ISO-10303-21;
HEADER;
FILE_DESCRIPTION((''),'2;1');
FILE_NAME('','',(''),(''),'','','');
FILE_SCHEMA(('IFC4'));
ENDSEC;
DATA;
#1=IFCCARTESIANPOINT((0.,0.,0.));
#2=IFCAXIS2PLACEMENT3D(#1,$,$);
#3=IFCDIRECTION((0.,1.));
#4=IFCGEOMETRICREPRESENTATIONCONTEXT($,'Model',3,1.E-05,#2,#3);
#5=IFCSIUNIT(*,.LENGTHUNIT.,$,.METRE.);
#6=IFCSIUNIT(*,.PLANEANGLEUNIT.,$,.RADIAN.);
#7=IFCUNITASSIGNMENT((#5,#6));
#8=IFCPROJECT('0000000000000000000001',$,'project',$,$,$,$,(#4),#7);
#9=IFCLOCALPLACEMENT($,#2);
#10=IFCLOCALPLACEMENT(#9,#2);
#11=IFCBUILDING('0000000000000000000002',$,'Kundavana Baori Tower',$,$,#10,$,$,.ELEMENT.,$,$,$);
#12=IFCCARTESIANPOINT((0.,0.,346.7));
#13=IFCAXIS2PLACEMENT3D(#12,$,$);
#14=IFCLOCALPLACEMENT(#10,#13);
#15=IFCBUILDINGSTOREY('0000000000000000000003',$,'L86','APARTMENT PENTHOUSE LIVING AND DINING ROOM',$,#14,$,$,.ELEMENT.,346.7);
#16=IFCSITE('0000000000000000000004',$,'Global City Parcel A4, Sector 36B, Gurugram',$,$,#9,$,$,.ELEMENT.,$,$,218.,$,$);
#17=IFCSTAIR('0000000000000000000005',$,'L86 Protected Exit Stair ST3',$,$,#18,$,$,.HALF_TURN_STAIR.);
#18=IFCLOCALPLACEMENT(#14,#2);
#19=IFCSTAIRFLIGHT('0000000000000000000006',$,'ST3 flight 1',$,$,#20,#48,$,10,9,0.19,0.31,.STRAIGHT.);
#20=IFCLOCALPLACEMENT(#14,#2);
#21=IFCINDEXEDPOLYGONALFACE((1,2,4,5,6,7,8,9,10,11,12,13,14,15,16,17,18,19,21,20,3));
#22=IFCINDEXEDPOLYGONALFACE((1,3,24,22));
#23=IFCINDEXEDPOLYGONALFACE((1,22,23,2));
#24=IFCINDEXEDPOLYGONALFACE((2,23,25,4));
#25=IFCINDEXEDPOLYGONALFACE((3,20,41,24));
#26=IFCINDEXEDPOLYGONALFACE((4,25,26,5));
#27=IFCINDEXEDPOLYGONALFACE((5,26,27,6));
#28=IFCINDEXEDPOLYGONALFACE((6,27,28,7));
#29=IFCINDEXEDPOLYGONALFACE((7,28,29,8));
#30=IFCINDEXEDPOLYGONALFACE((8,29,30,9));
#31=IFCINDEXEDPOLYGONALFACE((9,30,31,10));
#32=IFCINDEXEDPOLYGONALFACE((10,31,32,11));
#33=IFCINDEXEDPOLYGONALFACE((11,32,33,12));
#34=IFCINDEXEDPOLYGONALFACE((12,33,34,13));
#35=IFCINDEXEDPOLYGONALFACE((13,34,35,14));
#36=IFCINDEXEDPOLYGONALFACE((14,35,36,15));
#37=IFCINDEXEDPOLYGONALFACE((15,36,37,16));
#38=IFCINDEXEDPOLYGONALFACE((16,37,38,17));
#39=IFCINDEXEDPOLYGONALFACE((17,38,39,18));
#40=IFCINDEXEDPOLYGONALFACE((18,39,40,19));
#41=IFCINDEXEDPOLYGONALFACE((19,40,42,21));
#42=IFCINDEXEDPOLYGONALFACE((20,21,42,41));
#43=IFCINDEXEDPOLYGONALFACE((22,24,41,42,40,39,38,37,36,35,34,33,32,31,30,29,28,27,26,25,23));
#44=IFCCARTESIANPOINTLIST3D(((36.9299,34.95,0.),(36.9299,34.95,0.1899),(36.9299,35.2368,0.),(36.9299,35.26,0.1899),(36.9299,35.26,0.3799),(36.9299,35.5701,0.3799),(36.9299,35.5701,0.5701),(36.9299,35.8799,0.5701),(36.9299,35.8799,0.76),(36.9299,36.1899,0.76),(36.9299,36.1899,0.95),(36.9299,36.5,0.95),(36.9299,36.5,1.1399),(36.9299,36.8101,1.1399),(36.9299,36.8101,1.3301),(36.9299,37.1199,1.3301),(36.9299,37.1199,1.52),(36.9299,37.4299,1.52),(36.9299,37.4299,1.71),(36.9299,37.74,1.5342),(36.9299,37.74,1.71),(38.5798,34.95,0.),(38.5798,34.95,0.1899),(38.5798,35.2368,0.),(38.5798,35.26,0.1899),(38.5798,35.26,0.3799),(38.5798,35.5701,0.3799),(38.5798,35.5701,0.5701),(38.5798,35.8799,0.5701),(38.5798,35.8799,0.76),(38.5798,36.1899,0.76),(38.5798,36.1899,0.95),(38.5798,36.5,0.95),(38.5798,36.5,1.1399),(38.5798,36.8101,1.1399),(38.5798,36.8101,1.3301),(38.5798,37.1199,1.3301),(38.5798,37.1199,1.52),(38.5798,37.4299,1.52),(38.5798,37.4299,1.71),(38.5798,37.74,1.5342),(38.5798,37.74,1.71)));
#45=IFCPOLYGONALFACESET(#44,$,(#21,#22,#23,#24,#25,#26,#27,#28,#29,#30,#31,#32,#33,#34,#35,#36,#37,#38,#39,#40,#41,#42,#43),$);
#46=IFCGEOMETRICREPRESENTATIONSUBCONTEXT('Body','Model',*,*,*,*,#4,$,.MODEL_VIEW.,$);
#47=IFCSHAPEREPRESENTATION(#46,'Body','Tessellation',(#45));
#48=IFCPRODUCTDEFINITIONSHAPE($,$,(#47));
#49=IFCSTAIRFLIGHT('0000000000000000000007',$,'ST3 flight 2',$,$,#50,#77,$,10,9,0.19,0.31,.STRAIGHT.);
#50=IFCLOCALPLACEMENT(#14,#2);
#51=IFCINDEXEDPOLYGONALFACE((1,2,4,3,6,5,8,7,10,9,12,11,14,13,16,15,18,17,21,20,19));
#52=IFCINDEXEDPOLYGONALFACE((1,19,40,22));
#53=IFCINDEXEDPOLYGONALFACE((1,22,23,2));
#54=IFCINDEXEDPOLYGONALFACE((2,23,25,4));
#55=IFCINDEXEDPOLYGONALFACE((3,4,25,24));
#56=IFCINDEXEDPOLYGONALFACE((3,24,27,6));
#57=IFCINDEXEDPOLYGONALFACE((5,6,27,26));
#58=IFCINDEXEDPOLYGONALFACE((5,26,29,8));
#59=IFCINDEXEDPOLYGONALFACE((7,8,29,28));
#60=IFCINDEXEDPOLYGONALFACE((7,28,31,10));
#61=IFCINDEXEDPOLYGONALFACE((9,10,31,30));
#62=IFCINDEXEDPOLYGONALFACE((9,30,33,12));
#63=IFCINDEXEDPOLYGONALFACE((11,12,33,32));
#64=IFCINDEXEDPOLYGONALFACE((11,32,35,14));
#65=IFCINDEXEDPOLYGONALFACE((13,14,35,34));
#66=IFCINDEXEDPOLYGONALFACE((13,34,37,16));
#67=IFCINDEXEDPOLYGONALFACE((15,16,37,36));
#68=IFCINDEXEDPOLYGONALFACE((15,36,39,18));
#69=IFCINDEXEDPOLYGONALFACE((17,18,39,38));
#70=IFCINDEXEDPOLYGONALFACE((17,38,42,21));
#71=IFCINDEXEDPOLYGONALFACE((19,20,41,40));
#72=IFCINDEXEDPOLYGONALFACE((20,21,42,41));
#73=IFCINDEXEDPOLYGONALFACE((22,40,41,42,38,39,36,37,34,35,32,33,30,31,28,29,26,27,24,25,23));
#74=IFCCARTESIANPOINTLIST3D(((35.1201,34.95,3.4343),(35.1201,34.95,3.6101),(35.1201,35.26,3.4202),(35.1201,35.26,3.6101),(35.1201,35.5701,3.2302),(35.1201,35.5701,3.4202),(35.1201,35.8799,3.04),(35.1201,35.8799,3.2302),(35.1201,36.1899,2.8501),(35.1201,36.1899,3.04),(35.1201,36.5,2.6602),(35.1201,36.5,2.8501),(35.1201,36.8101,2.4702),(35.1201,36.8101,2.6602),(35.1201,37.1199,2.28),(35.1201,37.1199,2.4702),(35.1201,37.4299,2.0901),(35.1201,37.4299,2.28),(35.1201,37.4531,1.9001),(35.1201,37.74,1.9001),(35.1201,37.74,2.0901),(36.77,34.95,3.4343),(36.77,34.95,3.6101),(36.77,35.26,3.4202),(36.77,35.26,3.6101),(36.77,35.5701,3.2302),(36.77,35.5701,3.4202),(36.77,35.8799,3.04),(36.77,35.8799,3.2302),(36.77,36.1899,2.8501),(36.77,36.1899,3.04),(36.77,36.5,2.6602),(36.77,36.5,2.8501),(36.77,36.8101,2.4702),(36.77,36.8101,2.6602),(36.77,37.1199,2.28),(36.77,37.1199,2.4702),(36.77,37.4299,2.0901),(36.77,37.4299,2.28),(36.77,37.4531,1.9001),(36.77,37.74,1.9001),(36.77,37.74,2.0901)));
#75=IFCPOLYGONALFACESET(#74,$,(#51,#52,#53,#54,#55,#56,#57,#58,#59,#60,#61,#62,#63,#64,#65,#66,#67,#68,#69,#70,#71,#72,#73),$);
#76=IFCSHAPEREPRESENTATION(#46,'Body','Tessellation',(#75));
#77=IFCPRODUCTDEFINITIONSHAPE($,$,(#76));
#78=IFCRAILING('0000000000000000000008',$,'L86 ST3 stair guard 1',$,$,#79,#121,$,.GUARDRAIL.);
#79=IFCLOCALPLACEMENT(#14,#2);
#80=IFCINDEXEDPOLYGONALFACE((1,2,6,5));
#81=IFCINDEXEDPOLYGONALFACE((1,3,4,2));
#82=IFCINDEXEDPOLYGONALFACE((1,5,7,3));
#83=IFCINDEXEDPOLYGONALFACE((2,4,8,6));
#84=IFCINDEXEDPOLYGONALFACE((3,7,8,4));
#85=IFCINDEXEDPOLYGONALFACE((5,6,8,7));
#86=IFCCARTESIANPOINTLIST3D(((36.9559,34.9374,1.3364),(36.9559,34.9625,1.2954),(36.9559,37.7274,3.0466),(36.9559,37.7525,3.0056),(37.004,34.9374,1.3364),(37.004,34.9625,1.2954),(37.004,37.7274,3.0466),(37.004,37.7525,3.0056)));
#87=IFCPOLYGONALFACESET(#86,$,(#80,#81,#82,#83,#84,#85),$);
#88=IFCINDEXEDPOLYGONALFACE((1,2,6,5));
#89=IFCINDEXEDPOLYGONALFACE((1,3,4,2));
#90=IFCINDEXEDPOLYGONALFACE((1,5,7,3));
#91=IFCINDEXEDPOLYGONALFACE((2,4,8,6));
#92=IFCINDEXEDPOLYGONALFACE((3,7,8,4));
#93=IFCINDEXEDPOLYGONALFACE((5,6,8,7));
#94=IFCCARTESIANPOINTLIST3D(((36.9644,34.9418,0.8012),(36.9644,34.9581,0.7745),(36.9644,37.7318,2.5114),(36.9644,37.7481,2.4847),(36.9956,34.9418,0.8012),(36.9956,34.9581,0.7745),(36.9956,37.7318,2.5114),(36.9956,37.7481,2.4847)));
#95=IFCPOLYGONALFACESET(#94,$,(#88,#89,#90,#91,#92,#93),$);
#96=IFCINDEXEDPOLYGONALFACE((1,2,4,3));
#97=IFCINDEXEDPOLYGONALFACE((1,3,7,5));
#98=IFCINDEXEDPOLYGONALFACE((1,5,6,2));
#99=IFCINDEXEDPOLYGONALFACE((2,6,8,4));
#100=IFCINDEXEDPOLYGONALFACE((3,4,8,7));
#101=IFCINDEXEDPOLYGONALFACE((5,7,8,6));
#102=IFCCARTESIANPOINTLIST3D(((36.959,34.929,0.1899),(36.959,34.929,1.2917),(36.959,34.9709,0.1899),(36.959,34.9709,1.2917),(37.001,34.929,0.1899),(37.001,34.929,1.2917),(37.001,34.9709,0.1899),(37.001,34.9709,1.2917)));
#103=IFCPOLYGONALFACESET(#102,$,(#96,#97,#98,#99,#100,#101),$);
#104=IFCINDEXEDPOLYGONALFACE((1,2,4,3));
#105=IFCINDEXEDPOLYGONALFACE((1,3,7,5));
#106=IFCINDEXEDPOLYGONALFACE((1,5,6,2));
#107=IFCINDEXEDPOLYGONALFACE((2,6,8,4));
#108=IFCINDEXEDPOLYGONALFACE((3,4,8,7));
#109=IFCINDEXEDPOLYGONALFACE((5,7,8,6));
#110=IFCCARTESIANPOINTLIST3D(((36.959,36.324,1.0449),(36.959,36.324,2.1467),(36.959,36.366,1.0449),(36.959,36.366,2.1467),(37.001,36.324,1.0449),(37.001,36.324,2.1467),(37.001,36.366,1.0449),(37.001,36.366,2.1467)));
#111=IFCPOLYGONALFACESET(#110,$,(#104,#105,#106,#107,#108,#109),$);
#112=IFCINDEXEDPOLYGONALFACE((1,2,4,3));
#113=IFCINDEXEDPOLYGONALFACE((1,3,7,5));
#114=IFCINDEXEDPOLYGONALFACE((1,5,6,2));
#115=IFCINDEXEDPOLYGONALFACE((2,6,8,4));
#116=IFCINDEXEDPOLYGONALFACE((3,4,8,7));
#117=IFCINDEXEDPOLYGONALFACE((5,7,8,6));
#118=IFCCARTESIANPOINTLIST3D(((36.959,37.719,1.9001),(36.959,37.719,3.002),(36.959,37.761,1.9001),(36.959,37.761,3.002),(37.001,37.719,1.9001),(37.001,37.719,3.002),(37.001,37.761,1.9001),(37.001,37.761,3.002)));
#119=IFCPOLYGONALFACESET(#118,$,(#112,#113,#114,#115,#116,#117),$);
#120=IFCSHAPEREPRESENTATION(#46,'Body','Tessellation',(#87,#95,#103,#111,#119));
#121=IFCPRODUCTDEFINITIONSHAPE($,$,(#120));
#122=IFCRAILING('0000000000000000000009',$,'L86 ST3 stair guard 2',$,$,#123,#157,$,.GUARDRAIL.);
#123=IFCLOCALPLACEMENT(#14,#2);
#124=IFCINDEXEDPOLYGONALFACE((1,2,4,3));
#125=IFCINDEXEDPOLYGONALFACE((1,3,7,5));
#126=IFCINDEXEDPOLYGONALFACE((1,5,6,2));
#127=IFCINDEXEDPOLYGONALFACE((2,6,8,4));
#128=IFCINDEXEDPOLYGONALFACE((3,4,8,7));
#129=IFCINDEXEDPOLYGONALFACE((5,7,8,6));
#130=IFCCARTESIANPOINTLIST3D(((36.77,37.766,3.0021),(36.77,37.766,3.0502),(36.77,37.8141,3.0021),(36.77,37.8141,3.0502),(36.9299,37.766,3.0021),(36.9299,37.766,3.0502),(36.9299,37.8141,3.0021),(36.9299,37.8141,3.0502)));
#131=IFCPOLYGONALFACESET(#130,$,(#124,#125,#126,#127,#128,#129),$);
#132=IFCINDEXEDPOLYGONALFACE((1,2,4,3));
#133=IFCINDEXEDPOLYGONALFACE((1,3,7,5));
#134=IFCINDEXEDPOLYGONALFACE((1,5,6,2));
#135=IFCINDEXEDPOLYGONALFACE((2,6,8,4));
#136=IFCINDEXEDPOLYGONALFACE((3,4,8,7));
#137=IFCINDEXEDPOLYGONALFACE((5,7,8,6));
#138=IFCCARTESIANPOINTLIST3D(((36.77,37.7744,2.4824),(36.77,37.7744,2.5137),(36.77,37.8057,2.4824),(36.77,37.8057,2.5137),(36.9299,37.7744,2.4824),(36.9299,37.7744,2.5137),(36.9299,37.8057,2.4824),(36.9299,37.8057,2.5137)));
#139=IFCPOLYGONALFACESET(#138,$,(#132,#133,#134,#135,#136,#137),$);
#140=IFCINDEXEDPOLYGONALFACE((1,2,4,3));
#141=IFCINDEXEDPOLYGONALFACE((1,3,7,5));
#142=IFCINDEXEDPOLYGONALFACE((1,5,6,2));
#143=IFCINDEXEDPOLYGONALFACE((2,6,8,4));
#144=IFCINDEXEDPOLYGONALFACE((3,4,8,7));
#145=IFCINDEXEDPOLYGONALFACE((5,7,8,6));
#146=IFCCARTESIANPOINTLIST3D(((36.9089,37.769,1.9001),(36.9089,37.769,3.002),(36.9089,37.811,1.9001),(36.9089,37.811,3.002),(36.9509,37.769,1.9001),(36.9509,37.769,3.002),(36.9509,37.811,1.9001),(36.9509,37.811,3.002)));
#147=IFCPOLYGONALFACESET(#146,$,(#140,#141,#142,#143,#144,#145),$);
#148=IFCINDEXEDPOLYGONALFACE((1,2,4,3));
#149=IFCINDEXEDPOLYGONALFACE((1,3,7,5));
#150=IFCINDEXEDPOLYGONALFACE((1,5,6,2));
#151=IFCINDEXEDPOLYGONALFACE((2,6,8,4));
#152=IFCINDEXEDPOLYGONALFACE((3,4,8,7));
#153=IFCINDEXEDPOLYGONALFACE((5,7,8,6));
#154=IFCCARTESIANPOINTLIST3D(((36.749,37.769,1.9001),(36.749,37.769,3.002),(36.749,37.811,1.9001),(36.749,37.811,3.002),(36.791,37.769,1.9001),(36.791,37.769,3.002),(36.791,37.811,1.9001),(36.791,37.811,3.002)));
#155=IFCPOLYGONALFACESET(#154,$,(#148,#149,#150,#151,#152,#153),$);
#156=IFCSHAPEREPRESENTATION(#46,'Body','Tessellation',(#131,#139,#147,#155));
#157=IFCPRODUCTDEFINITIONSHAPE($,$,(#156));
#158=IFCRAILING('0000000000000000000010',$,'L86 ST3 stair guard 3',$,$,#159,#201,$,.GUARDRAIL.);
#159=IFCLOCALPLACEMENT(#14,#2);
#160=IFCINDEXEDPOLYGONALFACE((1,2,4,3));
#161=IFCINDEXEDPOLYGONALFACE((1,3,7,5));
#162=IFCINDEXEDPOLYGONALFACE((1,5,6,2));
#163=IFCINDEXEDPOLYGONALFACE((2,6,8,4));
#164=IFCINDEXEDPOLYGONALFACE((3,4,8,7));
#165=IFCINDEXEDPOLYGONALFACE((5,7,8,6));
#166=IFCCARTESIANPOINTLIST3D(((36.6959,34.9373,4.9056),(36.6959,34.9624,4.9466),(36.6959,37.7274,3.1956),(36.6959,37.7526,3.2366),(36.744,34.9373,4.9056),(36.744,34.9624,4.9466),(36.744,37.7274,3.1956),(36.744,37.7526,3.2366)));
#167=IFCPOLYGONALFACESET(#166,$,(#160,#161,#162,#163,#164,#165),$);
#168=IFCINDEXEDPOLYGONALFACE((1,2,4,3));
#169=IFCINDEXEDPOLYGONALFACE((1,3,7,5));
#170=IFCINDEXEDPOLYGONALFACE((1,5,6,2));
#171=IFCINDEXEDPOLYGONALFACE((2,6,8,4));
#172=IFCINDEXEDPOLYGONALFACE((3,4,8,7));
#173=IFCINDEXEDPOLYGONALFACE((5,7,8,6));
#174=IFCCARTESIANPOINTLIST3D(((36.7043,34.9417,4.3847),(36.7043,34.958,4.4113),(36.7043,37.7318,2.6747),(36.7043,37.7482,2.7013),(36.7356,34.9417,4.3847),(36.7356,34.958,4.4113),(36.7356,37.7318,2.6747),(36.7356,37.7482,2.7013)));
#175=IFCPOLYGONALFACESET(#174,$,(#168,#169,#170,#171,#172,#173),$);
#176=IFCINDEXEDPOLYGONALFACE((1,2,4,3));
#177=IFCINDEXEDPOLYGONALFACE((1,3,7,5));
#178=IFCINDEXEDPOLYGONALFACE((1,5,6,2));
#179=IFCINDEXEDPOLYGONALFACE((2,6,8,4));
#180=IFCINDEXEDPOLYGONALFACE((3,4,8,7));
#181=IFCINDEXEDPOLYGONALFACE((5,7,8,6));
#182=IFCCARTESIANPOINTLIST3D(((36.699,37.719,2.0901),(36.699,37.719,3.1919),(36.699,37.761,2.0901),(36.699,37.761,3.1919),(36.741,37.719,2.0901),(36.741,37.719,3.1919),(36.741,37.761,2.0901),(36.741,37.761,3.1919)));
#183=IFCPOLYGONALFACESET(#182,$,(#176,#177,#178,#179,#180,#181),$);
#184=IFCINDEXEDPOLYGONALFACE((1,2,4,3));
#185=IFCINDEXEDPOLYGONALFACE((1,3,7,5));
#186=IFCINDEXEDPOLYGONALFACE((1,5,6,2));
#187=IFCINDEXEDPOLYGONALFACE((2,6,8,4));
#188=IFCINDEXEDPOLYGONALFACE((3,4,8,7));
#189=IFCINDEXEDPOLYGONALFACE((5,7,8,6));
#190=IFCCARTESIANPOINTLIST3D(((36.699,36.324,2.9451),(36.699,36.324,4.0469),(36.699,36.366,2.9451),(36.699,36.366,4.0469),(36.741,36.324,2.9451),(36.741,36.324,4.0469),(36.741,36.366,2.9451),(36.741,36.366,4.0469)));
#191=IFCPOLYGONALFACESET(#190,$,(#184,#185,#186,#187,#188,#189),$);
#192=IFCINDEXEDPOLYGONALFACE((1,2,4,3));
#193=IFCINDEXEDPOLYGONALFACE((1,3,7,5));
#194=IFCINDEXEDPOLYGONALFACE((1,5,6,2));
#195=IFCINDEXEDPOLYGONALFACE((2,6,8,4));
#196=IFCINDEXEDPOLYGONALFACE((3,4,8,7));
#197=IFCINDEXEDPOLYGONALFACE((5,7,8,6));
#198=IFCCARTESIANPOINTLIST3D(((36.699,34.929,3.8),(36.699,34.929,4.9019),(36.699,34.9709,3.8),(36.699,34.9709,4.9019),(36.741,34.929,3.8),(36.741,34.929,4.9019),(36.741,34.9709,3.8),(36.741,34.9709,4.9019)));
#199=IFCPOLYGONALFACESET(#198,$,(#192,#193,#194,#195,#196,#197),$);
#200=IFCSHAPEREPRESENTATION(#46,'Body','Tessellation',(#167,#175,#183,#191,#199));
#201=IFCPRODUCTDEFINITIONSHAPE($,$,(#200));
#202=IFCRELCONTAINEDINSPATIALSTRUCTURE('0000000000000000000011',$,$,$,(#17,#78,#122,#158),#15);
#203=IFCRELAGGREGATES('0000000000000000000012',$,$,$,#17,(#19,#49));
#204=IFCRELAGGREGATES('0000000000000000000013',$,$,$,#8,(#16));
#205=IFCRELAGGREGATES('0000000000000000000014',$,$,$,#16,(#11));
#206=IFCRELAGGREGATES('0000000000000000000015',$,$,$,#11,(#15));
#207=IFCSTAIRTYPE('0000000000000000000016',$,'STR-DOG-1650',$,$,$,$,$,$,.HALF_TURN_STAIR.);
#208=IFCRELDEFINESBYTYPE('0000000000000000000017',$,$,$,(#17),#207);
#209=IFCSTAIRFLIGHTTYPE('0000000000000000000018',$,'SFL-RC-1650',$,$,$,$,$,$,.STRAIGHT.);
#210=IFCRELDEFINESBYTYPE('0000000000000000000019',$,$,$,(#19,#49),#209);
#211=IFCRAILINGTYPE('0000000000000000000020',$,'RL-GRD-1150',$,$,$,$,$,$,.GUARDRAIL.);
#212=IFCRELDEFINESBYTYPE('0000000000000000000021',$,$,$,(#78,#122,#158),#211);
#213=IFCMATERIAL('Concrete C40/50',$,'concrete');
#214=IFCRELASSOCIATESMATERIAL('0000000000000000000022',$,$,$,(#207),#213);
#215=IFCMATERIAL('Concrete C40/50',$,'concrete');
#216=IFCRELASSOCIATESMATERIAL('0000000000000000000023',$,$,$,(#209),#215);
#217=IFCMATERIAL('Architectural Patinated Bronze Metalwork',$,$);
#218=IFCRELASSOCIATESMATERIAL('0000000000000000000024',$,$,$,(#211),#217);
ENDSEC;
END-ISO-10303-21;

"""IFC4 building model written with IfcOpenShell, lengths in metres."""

from ifc_helpers import new_model, si_unit, direction, frame, origin, origin_2d, place, context, subcontext, project, spatial, polyline, rectangle, outline, extrude, material, type_object, element, aggregate, save


model = new_model("IFC4")

# Units and contexts
model_context = context("Model", 3, precision=1e-05, world=origin(), true_north=direction((0.0, 1.0)))
body_context = subcontext(model_context, "Body", "Model", "MODEL_VIEW")
ifc_project = project(units=[si_unit("LENGTHUNIT", "METRE"), si_unit("PLANEANGLEUNIT", "RADIAN")], contexts=[model_context])

# Site, building, storey
site_placement = place(None, origin())
site = spatial("IfcSite", under=ifc_project, at=site_placement, Name="Global City Parcel A4, Sector 36B, Gurugram", CompositionType="ELEMENT", RefElevation=218.0)
building_placement = place(site_placement, origin())
building = spatial("IfcBuilding", under=site, at=building_placement, Name="Kundavana Baori Tower", CompositionType="ELEMENT")
storey_placement = place(building_placement, frame((0.0, 0.0, 346.7)))
storey = spatial("IfcBuildingStorey", under=building, at=storey_placement, Name="L86", Description="APARTMENT PENTHOUSE LIVING AND DINING ROOM", CompositionType="ELEMENT", Elevation=346.7)

# Stair, stair flights
ifc_material_1 = material(Name="Concrete C40/50", Category="concrete")
stair_type = type_object("IfcStairType", Name="STR-DOG-1650", PredefinedType="HALF_TURN_STAIR", material=ifc_material_1)
stair_placement = place(storey_placement, origin())
stair = element("IfcStair", 1, at=stair_placement, inside=storey, type_object=stair_type, Name="L86 Protected Exit Stair ST3", PredefinedType="HALF_TURN_STAIR")
ifc_material_2 = material(Name="Concrete C40/50", Category="concrete")
stair_flight_type = type_object("IfcStairFlightType", Name="SFL-RC-1650", PredefinedType="STRAIGHT", material=ifc_material_2)
stair_flight_1_placement = place(storey_placement, frame((37.7549, 34.95, 0.0), z_axis=(0.0, 0.0, 1.0), x_axis=(0.0, 1.0, 0.0)))
stair_flight_1 = element("IfcStairFlight", 2, at=stair_flight_1_placement, type_object=stair_flight_type, Name="ST3 flight 1", NumberOfRisers=10, NumberOfTreads=9, PredefinedType="STRAIGHT", RiserHeight=0.19, TreadLength=0.31, context=body_context, shape_type="SweptSolid", body=[
    extrude(outline(polyline([(0.0, 0.0), (0.0, 0.1899), (0.3101, 0.1899), (0.3101, 0.3799), (0.6201, 0.3799), (0.6201, 0.5701), (0.9299, 0.5701), (0.9299, 0.76), (1.24, 0.76), (1.24, 0.95), (1.55, 0.95), (1.55, 1.1399), (1.8601, 1.1399), (1.8601, 1.3301), (2.1699, 1.3301), (2.1699, 1.52), (2.48, 1.52), (2.48, 1.71), (2.79, 1.71), (2.79, 1.8999), (2.79, 1.5342), (0.2869, 0.0), (0.0, 0.0)])), frame((0.0, 0.825, 0.0), z_axis=(0.0, -1.0, 0.0), x_axis=(1.0, 0.0, 0.0)), (0.0, 0.0, 1.0), 1.6499),
])
stair_flight_2_placement = place(storey_placement, frame((35.9451, 37.74, 1.9001), z_axis=(0.0, 0.0, 1.0), x_axis=(0.0, -1.0, 0.0)))
stair_flight_2 = element("IfcStairFlight", 3, at=stair_flight_2_placement, type_object=stair_flight_type, Name="ST3 flight 2", NumberOfRisers=10, NumberOfTreads=9, PredefinedType="STRAIGHT", RiserHeight=0.19, TreadLength=0.31, context=body_context, shape_type="SweptSolid", body=[
    extrude(outline(polyline([(0.0, 0.0), (0.0, 0.1899), (0.3101, 0.1899), (0.3101, 0.3799), (0.6201, 0.3799), (0.6201, 0.5701), (0.9299, 0.5701), (0.9299, 0.76), (1.24, 0.76), (1.24, 0.95), (1.55, 0.95), (1.55, 1.1399), (1.8601, 1.1399), (1.8601, 1.3301), (2.1699, 1.3301), (2.1699, 1.52), (2.48, 1.52), (2.48, 1.71), (2.79, 1.71), (2.79, 1.8999), (2.79, 1.5342), (0.2869, 0.0), (0.0, 0.0)])), frame((0.0, 0.825, 0.0), z_axis=(0.0, -1.0, 0.0), x_axis=(1.0, 0.0, 0.0)), (0.0, 0.0, 1.0), 1.6499),
])
aggregate(stair, [stair_flight_1, stair_flight_2])

# Railings
ifc_material_3 = material(Name="Architectural Patinated Bronze Metalwork")
railing_type_1 = type_object("IfcRailingType", Name="RL-GRD-1150", PredefinedType="GUARDRAIL", material=ifc_material_3)
railing_1_placement = place(storey_placement, frame((36.98, 34.95, 0.1899)))
element("IfcRailing", 4, at=railing_1_placement, inside=storey, type_object=railing_type_1, Name="L86 ST3 stair guard 1", PredefinedType="GUARDRAIL", context=body_context, shape_type="SweptSolid", body=[
    extrude(rectangle(XDim=0.0481, YDim=0.0481, at=origin_2d()), frame((0.0, 0.0, 1.126), z_axis=(0.0, 0.852577, 0.522602), x_axis=(-1.0, 0.0, 0.0)), (0.0, 0.0, 1.0), 3.2725),
    extrude(rectangle(XDim=0.0312, YDim=0.0312, at=origin_2d()), frame((0.0, 0.0, 0.5979), z_axis=(0.0, 0.852577, 0.522602), x_axis=(-1.0, 0.0, 0.0)), (0.0, 0.0, 1.0), 3.2725),
    extrude(rectangle(XDim=0.042, YDim=0.042, at=origin_2d()), origin(), (0.0, 0.0, 1.0), 1.1018),
    extrude(rectangle(XDim=0.042, YDim=0.042, at=origin_2d()), frame((0.0, 1.395, 0.855)), (0.0, 0.0, 1.0), 1.1018),
    extrude(rectangle(XDim=0.042, YDim=0.042, at=origin_2d()), frame((0.0, 2.79, 1.7102)), (0.0, 0.0, 1.0), 1.1018),
])
railing_2_placement = place(storey_placement, frame((36.9299, 37.79, 1.9001)))
element("IfcRailing", 5, at=railing_2_placement, inside=storey, type_object=railing_type_1, Name="L86 ST3 stair guard 2", PredefinedType="GUARDRAIL", context=body_context, shape_type="SweptSolid", body=[
    extrude(rectangle(XDim=0.0481, YDim=0.0481, at=origin_2d()), frame((0.0, 0.0, 1.126), z_axis=(-1.0, 0.0, 0.0), x_axis=(0.0, -1.0, 0.0)), (0.0, 0.0, 1.0), 0.1599),
    extrude(rectangle(XDim=0.0312, YDim=0.0312, at=origin_2d()), frame((0.0, 0.0, 0.5979), z_axis=(-1.0, 0.0, 0.0), x_axis=(0.0, -1.0, 0.0)), (0.0, 0.0, 1.0), 0.1599),
    extrude(rectangle(XDim=0.042, YDim=0.042, at=origin_2d()), origin(), (0.0, 0.0, 1.0), 1.1018),
    extrude(rectangle(XDim=0.042, YDim=0.042, at=origin_2d()), frame((-0.1599, 0.0, 0.0)), (0.0, 0.0, 1.0), 1.1018),
])
railing_3_placement = place(storey_placement, frame((36.72, 37.74, 2.0901)))
element("IfcRailing", 6, at=railing_3_placement, inside=storey, type_object=railing_type_1, Name="L86 ST3 stair guard 3", PredefinedType="GUARDRAIL", context=body_context, shape_type="SweptSolid", body=[
    extrude(rectangle(XDim=0.0481, YDim=0.0481, at=origin_2d()), frame((0.0, 0.0, 1.126), z_axis=(0.0, -0.85261, 0.522548), x_axis=(1.0, 0.0, 0.0)), (0.0, 0.0, 1.0), 3.2725),
    extrude(rectangle(XDim=0.0312, YDim=0.0312, at=origin_2d()), frame((0.0, 0.0, 0.5979), z_axis=(0.0, -0.85261, 0.522548), x_axis=(1.0, 0.0, 0.0)), (0.0, 0.0, 1.0), 3.2725),
    extrude(rectangle(XDim=0.042, YDim=0.042, at=origin_2d()), origin(), (0.0, 0.0, 1.0), 1.1018),
    extrude(rectangle(XDim=0.042, YDim=0.042, at=origin_2d()), frame((0.0, -1.395, 0.855)), (0.0, 0.0, 1.0), 1.1018),
    extrude(rectangle(XDim=0.042, YDim=0.042, at=origin_2d()), frame((0.0, -2.79, 1.71)), (0.0, 0.0, 1.0), 1.1018),
])

save(model, "model.ifc")
